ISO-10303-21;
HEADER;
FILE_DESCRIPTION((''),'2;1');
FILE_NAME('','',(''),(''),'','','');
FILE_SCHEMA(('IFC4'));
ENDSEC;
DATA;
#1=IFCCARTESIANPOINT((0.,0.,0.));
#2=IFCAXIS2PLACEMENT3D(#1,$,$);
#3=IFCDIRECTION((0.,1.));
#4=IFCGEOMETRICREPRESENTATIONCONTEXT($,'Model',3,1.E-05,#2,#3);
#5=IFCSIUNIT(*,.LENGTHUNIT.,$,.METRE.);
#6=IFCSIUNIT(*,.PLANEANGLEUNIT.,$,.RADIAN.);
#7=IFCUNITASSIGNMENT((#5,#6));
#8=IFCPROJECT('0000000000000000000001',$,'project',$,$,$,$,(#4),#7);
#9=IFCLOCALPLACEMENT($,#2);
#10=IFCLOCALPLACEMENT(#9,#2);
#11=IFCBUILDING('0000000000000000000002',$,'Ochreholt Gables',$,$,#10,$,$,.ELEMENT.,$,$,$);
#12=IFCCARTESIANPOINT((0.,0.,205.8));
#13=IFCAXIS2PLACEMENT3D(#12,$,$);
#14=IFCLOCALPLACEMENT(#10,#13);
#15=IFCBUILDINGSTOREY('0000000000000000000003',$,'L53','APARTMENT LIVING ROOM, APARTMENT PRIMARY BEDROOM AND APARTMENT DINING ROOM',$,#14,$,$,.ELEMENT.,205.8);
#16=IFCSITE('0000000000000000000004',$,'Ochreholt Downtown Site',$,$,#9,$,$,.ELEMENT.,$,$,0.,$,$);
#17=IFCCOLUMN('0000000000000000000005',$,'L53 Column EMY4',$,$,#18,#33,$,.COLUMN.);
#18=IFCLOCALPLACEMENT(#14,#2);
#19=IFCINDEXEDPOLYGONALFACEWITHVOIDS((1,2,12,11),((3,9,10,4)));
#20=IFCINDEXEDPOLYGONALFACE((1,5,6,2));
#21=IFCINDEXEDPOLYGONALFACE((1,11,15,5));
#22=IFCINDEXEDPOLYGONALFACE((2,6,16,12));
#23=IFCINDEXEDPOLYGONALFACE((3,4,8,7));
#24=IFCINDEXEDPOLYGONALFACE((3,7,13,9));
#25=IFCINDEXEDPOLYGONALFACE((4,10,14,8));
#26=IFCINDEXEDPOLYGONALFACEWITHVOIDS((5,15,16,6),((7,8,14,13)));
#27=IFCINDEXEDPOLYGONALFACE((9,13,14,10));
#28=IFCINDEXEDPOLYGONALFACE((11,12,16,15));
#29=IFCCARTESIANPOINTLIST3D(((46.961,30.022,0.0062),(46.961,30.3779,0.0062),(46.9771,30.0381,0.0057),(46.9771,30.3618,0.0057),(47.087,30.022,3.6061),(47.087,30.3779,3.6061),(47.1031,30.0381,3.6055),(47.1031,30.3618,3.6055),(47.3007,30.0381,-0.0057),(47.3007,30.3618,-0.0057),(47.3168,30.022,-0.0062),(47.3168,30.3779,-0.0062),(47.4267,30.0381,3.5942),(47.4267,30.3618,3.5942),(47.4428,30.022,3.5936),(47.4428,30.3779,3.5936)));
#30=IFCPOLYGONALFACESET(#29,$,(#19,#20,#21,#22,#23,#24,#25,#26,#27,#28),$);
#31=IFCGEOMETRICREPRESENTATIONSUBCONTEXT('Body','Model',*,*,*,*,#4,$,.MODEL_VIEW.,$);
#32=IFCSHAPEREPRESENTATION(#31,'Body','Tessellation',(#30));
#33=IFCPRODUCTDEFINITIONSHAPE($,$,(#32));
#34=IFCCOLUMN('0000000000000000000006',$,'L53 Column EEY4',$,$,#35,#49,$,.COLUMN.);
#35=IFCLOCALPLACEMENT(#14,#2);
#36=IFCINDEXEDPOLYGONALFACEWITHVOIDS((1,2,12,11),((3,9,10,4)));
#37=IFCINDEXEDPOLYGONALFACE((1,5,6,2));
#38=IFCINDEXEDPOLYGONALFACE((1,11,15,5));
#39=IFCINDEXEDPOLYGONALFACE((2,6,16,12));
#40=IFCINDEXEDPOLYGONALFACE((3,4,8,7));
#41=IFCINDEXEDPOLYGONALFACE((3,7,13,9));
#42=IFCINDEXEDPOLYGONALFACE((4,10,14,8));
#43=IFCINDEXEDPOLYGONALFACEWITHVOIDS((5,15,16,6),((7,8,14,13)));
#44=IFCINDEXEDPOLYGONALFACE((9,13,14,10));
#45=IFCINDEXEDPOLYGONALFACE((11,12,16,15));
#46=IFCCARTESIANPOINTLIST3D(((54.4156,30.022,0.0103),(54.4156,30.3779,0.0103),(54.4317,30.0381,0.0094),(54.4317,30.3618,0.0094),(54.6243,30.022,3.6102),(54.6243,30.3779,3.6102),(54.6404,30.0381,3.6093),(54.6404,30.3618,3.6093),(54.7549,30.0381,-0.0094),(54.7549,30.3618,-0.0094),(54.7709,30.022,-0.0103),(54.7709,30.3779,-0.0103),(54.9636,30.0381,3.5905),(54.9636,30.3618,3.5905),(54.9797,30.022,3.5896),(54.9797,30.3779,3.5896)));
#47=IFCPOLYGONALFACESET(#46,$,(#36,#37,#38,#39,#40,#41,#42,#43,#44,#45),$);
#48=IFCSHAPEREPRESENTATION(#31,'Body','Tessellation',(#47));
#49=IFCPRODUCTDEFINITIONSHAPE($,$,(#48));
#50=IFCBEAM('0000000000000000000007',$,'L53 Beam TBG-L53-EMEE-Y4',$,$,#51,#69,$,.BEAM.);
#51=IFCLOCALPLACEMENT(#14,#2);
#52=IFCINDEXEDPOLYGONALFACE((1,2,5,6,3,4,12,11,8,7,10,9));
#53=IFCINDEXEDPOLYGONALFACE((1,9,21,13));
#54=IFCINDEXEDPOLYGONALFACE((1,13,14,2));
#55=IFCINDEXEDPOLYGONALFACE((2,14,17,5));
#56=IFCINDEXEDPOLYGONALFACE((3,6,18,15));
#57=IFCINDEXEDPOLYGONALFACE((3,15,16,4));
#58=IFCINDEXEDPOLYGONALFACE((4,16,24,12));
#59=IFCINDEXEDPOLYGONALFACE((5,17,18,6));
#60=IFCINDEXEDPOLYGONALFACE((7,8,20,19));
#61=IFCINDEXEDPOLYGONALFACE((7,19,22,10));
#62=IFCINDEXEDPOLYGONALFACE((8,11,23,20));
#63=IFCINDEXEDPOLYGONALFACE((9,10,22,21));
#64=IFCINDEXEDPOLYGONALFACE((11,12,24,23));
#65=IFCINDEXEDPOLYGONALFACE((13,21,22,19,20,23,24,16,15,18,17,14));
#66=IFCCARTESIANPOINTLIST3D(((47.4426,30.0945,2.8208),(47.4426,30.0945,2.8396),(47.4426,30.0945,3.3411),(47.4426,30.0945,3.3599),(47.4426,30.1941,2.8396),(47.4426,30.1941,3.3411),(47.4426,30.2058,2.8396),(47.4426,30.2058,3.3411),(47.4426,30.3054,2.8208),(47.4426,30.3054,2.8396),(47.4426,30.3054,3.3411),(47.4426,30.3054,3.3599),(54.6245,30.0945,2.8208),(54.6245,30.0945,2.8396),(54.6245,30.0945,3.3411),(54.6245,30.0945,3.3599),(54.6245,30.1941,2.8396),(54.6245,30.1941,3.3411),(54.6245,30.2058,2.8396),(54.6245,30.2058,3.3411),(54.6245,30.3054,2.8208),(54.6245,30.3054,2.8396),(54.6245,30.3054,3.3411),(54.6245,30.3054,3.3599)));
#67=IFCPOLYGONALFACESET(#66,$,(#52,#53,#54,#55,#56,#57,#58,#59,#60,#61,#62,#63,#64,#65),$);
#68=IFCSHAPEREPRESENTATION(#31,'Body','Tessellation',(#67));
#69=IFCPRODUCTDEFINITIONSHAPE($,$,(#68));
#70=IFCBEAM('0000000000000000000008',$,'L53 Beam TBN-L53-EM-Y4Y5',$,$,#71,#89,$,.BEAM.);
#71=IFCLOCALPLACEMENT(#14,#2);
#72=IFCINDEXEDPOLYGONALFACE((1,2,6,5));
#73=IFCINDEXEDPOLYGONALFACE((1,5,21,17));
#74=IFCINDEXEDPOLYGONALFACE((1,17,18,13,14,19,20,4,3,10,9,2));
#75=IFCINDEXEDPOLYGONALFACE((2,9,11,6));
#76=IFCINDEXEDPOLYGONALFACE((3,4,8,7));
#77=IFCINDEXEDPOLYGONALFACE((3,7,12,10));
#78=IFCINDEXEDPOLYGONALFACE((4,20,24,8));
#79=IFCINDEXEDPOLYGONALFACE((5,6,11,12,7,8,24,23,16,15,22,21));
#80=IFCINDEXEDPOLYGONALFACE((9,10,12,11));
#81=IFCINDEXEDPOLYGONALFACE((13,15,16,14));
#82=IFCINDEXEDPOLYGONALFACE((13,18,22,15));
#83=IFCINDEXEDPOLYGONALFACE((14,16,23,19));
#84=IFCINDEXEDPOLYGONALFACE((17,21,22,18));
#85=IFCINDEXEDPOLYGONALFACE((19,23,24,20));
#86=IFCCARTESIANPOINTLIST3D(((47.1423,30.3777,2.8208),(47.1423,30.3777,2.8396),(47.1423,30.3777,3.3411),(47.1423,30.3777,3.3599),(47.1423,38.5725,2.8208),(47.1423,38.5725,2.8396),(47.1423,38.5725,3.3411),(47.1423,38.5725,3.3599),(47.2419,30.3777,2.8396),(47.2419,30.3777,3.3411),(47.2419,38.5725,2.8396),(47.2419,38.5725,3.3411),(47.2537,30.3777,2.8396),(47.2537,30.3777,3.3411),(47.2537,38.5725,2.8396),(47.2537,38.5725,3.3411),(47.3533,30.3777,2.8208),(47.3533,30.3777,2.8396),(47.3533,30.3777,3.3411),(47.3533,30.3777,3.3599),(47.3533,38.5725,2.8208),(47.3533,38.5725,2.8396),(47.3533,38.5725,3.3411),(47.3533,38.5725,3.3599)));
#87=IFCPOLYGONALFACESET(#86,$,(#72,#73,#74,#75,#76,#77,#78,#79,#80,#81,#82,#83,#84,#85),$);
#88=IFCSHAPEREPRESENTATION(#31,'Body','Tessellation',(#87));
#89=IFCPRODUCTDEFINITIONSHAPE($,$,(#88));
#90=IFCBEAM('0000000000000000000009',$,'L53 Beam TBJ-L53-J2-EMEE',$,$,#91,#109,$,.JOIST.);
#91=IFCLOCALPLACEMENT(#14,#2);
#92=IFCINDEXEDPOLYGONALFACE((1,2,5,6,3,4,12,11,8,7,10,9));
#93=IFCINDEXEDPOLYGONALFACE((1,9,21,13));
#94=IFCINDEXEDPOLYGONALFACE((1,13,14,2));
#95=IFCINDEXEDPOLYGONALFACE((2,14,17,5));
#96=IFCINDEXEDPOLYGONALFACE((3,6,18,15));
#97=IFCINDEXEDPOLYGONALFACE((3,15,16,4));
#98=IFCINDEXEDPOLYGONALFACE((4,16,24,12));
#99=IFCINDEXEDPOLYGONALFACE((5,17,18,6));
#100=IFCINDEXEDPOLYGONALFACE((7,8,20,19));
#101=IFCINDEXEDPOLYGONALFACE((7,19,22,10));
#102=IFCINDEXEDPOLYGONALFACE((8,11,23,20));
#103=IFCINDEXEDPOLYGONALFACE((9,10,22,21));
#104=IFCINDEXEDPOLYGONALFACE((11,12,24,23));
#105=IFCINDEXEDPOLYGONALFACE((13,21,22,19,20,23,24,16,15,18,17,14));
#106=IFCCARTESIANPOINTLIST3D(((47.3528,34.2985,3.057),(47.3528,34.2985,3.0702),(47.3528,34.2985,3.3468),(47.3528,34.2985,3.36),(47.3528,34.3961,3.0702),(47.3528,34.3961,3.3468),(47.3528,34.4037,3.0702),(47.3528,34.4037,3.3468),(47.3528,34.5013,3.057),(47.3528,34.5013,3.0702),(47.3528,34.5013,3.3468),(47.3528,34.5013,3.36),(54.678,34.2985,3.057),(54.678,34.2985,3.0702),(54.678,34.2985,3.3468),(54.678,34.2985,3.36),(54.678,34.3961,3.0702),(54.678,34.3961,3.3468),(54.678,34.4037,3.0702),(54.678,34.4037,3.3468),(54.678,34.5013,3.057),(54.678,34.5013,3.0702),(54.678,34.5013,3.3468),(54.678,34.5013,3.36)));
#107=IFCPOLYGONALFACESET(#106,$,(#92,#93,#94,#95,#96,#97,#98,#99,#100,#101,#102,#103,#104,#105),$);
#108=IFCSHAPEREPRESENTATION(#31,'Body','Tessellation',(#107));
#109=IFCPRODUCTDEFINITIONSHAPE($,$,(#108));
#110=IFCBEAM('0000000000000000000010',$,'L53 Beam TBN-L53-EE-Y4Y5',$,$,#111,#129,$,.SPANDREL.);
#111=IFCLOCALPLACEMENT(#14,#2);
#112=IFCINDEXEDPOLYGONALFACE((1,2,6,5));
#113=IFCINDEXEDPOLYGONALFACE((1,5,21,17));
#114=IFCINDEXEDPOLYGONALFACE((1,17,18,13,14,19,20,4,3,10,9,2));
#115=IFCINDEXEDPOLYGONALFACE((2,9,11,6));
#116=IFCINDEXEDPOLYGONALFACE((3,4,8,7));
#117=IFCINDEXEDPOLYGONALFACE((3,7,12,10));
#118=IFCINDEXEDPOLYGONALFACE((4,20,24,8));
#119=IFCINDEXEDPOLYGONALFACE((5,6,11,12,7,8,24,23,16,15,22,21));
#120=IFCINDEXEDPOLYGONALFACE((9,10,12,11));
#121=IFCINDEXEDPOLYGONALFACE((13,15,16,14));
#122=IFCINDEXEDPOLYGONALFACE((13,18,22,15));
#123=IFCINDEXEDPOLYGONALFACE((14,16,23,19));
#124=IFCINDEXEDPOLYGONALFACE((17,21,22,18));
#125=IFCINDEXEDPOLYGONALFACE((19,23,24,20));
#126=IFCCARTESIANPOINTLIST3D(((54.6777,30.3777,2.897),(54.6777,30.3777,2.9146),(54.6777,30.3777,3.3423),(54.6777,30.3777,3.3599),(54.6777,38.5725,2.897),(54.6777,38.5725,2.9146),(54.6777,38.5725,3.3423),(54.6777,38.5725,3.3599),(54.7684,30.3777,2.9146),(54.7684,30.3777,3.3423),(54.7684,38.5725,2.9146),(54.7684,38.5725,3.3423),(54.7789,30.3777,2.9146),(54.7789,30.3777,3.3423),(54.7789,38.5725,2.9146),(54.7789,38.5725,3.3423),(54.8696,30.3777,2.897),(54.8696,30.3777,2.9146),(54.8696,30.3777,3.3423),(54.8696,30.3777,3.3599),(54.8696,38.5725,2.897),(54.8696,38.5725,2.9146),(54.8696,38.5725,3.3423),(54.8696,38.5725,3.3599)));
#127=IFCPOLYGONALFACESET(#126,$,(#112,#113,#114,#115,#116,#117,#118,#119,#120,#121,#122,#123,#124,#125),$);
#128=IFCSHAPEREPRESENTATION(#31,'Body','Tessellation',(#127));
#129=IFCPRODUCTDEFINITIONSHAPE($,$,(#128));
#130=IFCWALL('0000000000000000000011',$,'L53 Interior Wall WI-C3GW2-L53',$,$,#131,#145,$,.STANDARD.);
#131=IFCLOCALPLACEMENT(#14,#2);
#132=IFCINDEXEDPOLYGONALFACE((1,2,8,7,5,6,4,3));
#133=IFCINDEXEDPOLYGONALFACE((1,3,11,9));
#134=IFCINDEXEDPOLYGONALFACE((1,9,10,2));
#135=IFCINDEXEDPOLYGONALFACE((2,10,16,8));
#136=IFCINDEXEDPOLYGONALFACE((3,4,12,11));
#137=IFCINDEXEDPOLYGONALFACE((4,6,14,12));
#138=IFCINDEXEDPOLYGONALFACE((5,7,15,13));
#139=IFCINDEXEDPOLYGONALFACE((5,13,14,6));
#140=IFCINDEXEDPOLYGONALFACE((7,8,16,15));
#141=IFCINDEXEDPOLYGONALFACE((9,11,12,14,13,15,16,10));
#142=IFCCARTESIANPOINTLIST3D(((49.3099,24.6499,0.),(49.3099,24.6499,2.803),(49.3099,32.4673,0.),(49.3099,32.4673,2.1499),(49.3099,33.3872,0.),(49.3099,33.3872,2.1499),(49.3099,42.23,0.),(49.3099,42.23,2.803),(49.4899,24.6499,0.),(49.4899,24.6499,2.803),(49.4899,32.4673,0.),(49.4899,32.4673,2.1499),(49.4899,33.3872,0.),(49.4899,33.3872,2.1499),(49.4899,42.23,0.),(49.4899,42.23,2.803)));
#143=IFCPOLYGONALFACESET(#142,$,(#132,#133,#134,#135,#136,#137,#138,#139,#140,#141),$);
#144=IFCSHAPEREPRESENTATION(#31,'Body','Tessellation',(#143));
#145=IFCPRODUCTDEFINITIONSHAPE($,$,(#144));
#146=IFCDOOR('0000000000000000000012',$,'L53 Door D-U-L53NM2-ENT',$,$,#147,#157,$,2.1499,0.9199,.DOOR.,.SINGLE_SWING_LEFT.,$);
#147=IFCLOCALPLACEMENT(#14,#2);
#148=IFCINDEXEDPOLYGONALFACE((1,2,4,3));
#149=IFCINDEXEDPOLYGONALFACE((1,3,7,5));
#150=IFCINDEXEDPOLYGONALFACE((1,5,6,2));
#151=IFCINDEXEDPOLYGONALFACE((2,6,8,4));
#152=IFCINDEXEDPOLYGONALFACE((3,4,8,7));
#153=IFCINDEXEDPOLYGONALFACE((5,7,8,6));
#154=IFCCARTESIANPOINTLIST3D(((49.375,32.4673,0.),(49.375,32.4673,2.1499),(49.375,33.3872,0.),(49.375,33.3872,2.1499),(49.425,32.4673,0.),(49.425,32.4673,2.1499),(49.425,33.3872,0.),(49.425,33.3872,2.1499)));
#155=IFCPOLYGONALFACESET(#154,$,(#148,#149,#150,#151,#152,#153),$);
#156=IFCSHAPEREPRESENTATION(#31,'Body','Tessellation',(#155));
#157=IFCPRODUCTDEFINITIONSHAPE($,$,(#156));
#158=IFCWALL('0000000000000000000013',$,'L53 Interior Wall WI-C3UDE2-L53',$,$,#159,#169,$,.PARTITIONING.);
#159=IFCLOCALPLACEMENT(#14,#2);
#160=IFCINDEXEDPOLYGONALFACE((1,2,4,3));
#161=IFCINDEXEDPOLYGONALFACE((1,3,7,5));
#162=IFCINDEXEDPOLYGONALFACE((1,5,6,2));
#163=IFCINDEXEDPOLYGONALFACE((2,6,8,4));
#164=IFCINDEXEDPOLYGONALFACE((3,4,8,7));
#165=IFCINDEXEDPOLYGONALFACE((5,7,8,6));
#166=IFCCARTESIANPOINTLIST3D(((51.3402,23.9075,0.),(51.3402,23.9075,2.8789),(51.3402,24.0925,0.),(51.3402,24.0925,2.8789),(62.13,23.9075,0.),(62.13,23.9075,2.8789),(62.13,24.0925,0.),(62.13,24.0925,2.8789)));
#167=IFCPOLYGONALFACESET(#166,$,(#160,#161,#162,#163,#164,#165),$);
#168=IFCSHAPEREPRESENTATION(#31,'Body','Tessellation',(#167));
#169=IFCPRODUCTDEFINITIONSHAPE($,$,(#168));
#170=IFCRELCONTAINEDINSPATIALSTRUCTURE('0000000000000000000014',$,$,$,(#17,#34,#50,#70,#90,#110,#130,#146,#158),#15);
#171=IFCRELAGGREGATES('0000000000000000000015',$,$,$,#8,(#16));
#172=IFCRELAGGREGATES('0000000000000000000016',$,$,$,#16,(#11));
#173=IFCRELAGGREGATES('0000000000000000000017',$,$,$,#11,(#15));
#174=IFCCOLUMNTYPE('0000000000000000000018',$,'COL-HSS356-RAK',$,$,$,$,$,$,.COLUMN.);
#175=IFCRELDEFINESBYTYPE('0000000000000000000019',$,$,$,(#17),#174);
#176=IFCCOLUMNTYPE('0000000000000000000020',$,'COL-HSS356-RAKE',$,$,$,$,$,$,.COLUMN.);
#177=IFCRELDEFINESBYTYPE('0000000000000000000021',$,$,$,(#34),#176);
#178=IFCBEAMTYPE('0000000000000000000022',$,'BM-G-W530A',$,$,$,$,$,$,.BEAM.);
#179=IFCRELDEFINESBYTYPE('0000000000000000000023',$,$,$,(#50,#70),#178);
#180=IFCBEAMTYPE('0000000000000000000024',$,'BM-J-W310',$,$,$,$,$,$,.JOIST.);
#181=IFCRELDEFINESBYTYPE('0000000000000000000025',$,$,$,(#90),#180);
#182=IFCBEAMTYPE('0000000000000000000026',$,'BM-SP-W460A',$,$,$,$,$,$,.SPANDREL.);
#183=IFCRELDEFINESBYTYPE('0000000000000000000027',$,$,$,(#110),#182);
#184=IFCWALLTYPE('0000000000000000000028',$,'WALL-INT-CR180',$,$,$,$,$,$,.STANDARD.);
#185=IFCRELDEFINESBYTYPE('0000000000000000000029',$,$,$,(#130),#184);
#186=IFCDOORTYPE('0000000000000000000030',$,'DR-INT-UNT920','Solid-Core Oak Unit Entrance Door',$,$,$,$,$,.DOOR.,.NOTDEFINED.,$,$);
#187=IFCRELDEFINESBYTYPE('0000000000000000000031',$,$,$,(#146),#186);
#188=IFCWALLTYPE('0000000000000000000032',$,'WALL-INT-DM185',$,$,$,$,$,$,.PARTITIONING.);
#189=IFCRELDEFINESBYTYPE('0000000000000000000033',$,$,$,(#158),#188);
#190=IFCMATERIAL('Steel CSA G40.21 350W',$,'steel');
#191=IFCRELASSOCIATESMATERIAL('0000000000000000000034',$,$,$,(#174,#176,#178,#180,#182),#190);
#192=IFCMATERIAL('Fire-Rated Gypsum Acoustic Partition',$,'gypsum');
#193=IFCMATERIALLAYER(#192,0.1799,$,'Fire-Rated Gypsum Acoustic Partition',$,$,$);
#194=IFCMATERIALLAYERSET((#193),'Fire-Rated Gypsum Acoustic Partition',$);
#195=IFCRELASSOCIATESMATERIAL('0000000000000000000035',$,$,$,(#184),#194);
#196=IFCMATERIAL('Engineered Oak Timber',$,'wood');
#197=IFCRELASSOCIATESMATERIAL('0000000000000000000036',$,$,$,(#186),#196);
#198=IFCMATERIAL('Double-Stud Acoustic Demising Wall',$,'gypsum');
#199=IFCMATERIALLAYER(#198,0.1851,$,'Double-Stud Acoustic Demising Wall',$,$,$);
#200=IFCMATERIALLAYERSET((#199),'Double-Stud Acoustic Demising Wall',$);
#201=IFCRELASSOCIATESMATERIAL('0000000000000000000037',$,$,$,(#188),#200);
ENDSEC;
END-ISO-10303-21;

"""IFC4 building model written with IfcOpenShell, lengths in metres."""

from ifc_helpers import new_model, si_unit, direction, frame, frame_2d, origin, origin_2d, place, context, subcontext, project, spatial, rectangle, hollow_rectangle, i_section, extrude, material, layer, layer_set, material_profile, profile_set, type_object, element, fill, save


model = new_model("IFC4")

# Units and contexts
model_context = context("Model", 3, precision=1e-05, world=origin(), true_north=direction((0.0, 1.0)))
body_context = subcontext(model_context, "Body", "Model", "MODEL_VIEW")
ifc_project = project(units=[si_unit("LENGTHUNIT", "METRE"), si_unit("PLANEANGLEUNIT", "RADIAN")], contexts=[model_context])

# Site, building, storey
site_placement = place(None, origin())
site = spatial("IfcSite", under=ifc_project, at=site_placement, Name="Ochreholt Downtown Site", CompositionType="ELEMENT", RefElevation=0.0)
building_placement = place(site_placement, origin())
building = spatial("IfcBuilding", under=site, at=building_placement, Name="Ochreholt Gables", CompositionType="ELEMENT")
storey_placement = place(building_placement, frame((0.0, 0.0, 205.8)))
storey = spatial("IfcBuildingStorey", under=building, at=storey_placement, Name="L53", Description="APARTMENT LIVING ROOM, APARTMENT PRIMARY BEDROOM AND APARTMENT DINING ROOM", CompositionType="ELEMENT", Elevation=205.8)

# Columns
ifc_material_1 = material(Name="Steel CSA G40.21 350W", Category="steel")
ifc_material_profile_1 = material_profile(ifc_material_1, hollow_rectangle(XDim=0.356, YDim=0.356, WallThickness=0.0161, at=origin_2d()), Name="HSS356X356X16")
ifc_profile_set_1 = profile_set([ifc_material_profile_1], Name="Steel CSA G40.21 350W")
column_type_1 = type_object("IfcColumnType", Name="COL-HSS356-RAK", PredefinedType="COLUMN", material=ifc_profile_set_1)
column_1_placement = place(storey_placement, frame((47.1389, 30.2, 0.0), z_axis=(0.034974, 0.0, 0.999388), x_axis=(0.0, 1.0, 0.0)))
element("IfcColumn", 1, at=column_1_placement, inside=storey, type_object=column_type_1, Name="L53 Column EMY4", PredefinedType="COLUMN", context=body_context, shape_type="SweptSolid", body=[
    extrude(hollow_rectangle(XDim=0.356, YDim=0.356, WallThickness=0.0161, at=origin_2d()), origin(), (0.0, 0.0, 1.0), 3.6021),
])
ifc_material_profile_2 = material_profile(ifc_material_1, hollow_rectangle(XDim=0.356, YDim=0.356, WallThickness=0.0161, at=origin_2d()), Name="HSS356X356X16")
ifc_profile_set_2 = profile_set([ifc_material_profile_2], Name="Steel CSA G40.21 350W")
column_type_2 = type_object("IfcColumnType", Name="COL-HSS356-RAKE", PredefinedType="COLUMN", material=ifc_profile_set_2)
column_2_placement = place(storey_placement, frame((54.5933, 30.2, 0.0), z_axis=(0.057889, 0.0, 0.998323), x_axis=(0.0, 1.0, 0.0)))
element("IfcColumn", 2, at=column_2_placement, inside=storey, type_object=column_type_2, Name="L53 Column EEY4", PredefinedType="COLUMN", context=body_context, shape_type="SweptSolid", body=[
    extrude(hollow_rectangle(XDim=0.356, YDim=0.356, WallThickness=0.0161, at=origin_2d()), origin(), (0.0, 0.0, 1.0), 3.606),
])

# Beams
ifc_material_profile_3 = material_profile(ifc_material_1, i_section(OverallWidth=0.2109, OverallDepth=0.5391, WebThickness=0.0117, FlangeThickness=0.0188, at=origin_2d()), Name="W530X109")
ifc_profile_set_3 = profile_set([ifc_material_profile_3], Name="Steel CSA G40.21 350W")
beam_type_1 = type_object("IfcBeamType", Name="BM-G-W530A", PredefinedType="BEAM", material=ifc_profile_set_3)
beam_1_placement = place(storey_placement, frame((47.4426, 30.2, 3.0903), z_axis=(1.0, 0.0, 0.0), x_axis=(0.0, 1.0, 0.0)))
element("IfcBeam", 3, at=beam_1_placement, inside=storey, type_object=beam_type_1, Name="L53 Beam TBG-L53-EMEE-Y4", PredefinedType="BEAM", context=body_context, shape_type="SweptSolid", body=[
    extrude(i_section(OverallWidth=0.2109, OverallDepth=0.5391, WebThickness=0.0117, FlangeThickness=0.0188, at=origin_2d()), origin(), (0.0, 0.0, 1.0), 7.1819),
])
beam_2_placement = place(storey_placement, frame((47.2478, 30.3777, 3.0903), z_axis=(0.0, 1.0, 0.0), x_axis=(-1.0, 0.0, 0.0)))
element("IfcBeam", 4, at=beam_2_placement, inside=storey, type_object=beam_type_1, Name="L53 Beam TBN-L53-EM-Y4Y5", PredefinedType="BEAM", context=body_context, shape_type="SweptSolid", body=[
    extrude(i_section(OverallWidth=0.2109, OverallDepth=0.5391, WebThickness=0.0117, FlangeThickness=0.0188, at=origin_2d()), origin(), (0.0, 0.0, 1.0), 8.1948),
])
ifc_material_profile_4 = material_profile(ifc_material_1, i_section(OverallWidth=0.2029, OverallDepth=0.303, WebThickness=0.0076, FlangeThickness=0.0132, at=origin_2d()), Name="W310X60")
ifc_profile_set_4 = profile_set([ifc_material_profile_4], Name="Steel CSA G40.21 350W")
beam_type_2 = type_object("IfcBeamType", Name="BM-J-W310", PredefinedType="JOIST", material=ifc_profile_set_4)
beam_3_placement = place(storey_placement, frame((47.3528, 34.3999, 3.2085), z_axis=(1.0, 0.0, 0.0), x_axis=(0.0, 1.0, 0.0)))
element("IfcBeam", 5, at=beam_3_placement, inside=storey, type_object=beam_type_2, Name="L53 Beam TBJ-L53-J2-EMEE", PredefinedType="JOIST", context=body_context, shape_type="SweptSolid", body=[
    extrude(i_section(OverallWidth=0.2029, OverallDepth=0.303, WebThickness=0.0076, FlangeThickness=0.0132, at=origin_2d()), origin(), (0.0, 0.0, 1.0), 7.3252),
])
ifc_material_profile_5 = material_profile(ifc_material_1, i_section(OverallWidth=0.1919, OverallDepth=0.4629, WebThickness=0.0105, FlangeThickness=0.0176, at=origin_2d()), Name="W460X89")
ifc_profile_set_5 = profile_set([ifc_material_profile_5], Name="Steel CSA G40.21 350W")
beam_type_3 = type_object("IfcBeamType", Name="BM-SP-W460A", PredefinedType="SPANDREL", material=ifc_profile_set_5)
beam_4_placement = place(storey_placement, frame((54.7737, 30.3777, 3.1284), z_axis=(0.0, 1.0, 0.0), x_axis=(-1.0, 0.0, 0.0)))
element("IfcBeam", 6, at=beam_4_placement, inside=storey, type_object=beam_type_3, Name="L53 Beam TBN-L53-EE-Y4Y5", PredefinedType="SPANDREL", context=body_context, shape_type="SweptSolid", body=[
    extrude(i_section(OverallWidth=0.1919, OverallDepth=0.4629, WebThickness=0.0105, FlangeThickness=0.0176, at=origin_2d()), origin(), (0.0, 0.0, 1.0), 8.1948),
])

# Wall, opening, door
ifc_material_2 = material(Name="Fire-Rated Gypsum Acoustic Partition", Category="gypsum")
ifc_layer_1 = layer(ifc_material_2, 0.1799, Name="Fire-Rated Gypsum Acoustic Partition")
ifc_layer_set_1 = layer_set([ifc_layer_1], Name="Fire-Rated Gypsum Acoustic Partition")
wall_type_1 = type_object("IfcWallType", Name="WALL-INT-CR180", PredefinedType="STANDARD", material=ifc_layer_set_1)
wall_1_placement = place(storey_placement, frame((49.3999, 24.6499, 0.0), z_axis=(0.0, 0.0, 1.0), x_axis=(0.0, 1.0, 0.0)))
wall_1 = element("IfcWall", 7, at=wall_1_placement, inside=storey, type_object=wall_type_1, Name="L53 Interior Wall WI-C3GW2-L53", PredefinedType="STANDARD", context=body_context, shape_type="SweptSolid", body=[
    extrude(rectangle(XDim=17.5801, YDim=0.1799, at=frame_2d((8.79, 0.0))), origin(), (0.0, 0.0, 1.0), 2.803),
])
opening_1_placement = place(wall_1_placement, frame((7.8174, 0.0, 0.0)))
opening_1 = element("IfcOpeningElement", 8, at=opening_1_placement, cuts=wall_1, PredefinedType="OPENING", context=body_context, shape_type="SweptSolid", body=[
    extrude(rectangle(XDim=0.9199, YDim=2.1499, at=frame_2d((0.46, 1.075))), frame((0.0, 0.0999, 0.0), z_axis=(0.0, -1.0, 0.0), x_axis=(1.0, 0.0, 0.0)), (0.0, 0.0, 1.0), 0.2),
])
ifc_material_3 = material(Name="Engineered Oak Timber", Category="wood")
door_type_1 = type_object("IfcDoorType", Name="DR-INT-UNT920", Description="Solid-Core Oak Unit Entrance Door", OperationType="NOTDEFINED", PredefinedType="DOOR", material=ifc_material_3)
door_1_placement = place(opening_1_placement, origin())
door_1 = element("IfcDoor", 9, at=door_1_placement, inside=storey, type_object=door_type_1, Name="L53 Door D-U-L53NM2-ENT", OperationType="SINGLE_SWING_LEFT", OverallHeight=2.1499, OverallWidth=0.9199, PredefinedType="DOOR", context=body_context, shape_type="SweptSolid", body=[
    extrude(rectangle(XDim=0.9199, YDim=2.1499, at=frame_2d((0.46, 1.075))), frame((0.0, 0.0249, 0.0), z_axis=(0.0, -1.0, 0.0), x_axis=(1.0, 0.0, 0.0)), (0.0, 0.0, 1.0), 0.05),
])
fill(opening_1, door_1)

# Wall
ifc_material_4 = material(Name="Double-Stud Acoustic Demising Wall", Category="gypsum")
ifc_layer_2 = layer(ifc_material_4, 0.1851, Name="Double-Stud Acoustic Demising Wall")
ifc_layer_set_2 = layer_set([ifc_layer_2], Name="Double-Stud Acoustic Demising Wall")
wall_type_2 = type_object("IfcWallType", Name="WALL-INT-DM185", PredefinedType="PARTITIONING", material=ifc_layer_set_2)
wall_2_placement = place(storey_placement, frame((51.3401, 24.0, 0.0), z_axis=(0.0, 0.0, 1.0), x_axis=(1.0, 0.0, 0.0)))
element("IfcWall", 10, at=wall_2_placement, inside=storey, type_object=wall_type_2, Name="L53 Interior Wall WI-C3UDE2-L53", PredefinedType="PARTITIONING", context=body_context, shape_type="SweptSolid", body=[
    extrude(rectangle(XDim=10.7898, YDim=0.1851, at=frame_2d((5.395, 0.0))), origin(), (0.0, 0.0, 1.0), 2.8789),
])

save(model, "model.ifc")
